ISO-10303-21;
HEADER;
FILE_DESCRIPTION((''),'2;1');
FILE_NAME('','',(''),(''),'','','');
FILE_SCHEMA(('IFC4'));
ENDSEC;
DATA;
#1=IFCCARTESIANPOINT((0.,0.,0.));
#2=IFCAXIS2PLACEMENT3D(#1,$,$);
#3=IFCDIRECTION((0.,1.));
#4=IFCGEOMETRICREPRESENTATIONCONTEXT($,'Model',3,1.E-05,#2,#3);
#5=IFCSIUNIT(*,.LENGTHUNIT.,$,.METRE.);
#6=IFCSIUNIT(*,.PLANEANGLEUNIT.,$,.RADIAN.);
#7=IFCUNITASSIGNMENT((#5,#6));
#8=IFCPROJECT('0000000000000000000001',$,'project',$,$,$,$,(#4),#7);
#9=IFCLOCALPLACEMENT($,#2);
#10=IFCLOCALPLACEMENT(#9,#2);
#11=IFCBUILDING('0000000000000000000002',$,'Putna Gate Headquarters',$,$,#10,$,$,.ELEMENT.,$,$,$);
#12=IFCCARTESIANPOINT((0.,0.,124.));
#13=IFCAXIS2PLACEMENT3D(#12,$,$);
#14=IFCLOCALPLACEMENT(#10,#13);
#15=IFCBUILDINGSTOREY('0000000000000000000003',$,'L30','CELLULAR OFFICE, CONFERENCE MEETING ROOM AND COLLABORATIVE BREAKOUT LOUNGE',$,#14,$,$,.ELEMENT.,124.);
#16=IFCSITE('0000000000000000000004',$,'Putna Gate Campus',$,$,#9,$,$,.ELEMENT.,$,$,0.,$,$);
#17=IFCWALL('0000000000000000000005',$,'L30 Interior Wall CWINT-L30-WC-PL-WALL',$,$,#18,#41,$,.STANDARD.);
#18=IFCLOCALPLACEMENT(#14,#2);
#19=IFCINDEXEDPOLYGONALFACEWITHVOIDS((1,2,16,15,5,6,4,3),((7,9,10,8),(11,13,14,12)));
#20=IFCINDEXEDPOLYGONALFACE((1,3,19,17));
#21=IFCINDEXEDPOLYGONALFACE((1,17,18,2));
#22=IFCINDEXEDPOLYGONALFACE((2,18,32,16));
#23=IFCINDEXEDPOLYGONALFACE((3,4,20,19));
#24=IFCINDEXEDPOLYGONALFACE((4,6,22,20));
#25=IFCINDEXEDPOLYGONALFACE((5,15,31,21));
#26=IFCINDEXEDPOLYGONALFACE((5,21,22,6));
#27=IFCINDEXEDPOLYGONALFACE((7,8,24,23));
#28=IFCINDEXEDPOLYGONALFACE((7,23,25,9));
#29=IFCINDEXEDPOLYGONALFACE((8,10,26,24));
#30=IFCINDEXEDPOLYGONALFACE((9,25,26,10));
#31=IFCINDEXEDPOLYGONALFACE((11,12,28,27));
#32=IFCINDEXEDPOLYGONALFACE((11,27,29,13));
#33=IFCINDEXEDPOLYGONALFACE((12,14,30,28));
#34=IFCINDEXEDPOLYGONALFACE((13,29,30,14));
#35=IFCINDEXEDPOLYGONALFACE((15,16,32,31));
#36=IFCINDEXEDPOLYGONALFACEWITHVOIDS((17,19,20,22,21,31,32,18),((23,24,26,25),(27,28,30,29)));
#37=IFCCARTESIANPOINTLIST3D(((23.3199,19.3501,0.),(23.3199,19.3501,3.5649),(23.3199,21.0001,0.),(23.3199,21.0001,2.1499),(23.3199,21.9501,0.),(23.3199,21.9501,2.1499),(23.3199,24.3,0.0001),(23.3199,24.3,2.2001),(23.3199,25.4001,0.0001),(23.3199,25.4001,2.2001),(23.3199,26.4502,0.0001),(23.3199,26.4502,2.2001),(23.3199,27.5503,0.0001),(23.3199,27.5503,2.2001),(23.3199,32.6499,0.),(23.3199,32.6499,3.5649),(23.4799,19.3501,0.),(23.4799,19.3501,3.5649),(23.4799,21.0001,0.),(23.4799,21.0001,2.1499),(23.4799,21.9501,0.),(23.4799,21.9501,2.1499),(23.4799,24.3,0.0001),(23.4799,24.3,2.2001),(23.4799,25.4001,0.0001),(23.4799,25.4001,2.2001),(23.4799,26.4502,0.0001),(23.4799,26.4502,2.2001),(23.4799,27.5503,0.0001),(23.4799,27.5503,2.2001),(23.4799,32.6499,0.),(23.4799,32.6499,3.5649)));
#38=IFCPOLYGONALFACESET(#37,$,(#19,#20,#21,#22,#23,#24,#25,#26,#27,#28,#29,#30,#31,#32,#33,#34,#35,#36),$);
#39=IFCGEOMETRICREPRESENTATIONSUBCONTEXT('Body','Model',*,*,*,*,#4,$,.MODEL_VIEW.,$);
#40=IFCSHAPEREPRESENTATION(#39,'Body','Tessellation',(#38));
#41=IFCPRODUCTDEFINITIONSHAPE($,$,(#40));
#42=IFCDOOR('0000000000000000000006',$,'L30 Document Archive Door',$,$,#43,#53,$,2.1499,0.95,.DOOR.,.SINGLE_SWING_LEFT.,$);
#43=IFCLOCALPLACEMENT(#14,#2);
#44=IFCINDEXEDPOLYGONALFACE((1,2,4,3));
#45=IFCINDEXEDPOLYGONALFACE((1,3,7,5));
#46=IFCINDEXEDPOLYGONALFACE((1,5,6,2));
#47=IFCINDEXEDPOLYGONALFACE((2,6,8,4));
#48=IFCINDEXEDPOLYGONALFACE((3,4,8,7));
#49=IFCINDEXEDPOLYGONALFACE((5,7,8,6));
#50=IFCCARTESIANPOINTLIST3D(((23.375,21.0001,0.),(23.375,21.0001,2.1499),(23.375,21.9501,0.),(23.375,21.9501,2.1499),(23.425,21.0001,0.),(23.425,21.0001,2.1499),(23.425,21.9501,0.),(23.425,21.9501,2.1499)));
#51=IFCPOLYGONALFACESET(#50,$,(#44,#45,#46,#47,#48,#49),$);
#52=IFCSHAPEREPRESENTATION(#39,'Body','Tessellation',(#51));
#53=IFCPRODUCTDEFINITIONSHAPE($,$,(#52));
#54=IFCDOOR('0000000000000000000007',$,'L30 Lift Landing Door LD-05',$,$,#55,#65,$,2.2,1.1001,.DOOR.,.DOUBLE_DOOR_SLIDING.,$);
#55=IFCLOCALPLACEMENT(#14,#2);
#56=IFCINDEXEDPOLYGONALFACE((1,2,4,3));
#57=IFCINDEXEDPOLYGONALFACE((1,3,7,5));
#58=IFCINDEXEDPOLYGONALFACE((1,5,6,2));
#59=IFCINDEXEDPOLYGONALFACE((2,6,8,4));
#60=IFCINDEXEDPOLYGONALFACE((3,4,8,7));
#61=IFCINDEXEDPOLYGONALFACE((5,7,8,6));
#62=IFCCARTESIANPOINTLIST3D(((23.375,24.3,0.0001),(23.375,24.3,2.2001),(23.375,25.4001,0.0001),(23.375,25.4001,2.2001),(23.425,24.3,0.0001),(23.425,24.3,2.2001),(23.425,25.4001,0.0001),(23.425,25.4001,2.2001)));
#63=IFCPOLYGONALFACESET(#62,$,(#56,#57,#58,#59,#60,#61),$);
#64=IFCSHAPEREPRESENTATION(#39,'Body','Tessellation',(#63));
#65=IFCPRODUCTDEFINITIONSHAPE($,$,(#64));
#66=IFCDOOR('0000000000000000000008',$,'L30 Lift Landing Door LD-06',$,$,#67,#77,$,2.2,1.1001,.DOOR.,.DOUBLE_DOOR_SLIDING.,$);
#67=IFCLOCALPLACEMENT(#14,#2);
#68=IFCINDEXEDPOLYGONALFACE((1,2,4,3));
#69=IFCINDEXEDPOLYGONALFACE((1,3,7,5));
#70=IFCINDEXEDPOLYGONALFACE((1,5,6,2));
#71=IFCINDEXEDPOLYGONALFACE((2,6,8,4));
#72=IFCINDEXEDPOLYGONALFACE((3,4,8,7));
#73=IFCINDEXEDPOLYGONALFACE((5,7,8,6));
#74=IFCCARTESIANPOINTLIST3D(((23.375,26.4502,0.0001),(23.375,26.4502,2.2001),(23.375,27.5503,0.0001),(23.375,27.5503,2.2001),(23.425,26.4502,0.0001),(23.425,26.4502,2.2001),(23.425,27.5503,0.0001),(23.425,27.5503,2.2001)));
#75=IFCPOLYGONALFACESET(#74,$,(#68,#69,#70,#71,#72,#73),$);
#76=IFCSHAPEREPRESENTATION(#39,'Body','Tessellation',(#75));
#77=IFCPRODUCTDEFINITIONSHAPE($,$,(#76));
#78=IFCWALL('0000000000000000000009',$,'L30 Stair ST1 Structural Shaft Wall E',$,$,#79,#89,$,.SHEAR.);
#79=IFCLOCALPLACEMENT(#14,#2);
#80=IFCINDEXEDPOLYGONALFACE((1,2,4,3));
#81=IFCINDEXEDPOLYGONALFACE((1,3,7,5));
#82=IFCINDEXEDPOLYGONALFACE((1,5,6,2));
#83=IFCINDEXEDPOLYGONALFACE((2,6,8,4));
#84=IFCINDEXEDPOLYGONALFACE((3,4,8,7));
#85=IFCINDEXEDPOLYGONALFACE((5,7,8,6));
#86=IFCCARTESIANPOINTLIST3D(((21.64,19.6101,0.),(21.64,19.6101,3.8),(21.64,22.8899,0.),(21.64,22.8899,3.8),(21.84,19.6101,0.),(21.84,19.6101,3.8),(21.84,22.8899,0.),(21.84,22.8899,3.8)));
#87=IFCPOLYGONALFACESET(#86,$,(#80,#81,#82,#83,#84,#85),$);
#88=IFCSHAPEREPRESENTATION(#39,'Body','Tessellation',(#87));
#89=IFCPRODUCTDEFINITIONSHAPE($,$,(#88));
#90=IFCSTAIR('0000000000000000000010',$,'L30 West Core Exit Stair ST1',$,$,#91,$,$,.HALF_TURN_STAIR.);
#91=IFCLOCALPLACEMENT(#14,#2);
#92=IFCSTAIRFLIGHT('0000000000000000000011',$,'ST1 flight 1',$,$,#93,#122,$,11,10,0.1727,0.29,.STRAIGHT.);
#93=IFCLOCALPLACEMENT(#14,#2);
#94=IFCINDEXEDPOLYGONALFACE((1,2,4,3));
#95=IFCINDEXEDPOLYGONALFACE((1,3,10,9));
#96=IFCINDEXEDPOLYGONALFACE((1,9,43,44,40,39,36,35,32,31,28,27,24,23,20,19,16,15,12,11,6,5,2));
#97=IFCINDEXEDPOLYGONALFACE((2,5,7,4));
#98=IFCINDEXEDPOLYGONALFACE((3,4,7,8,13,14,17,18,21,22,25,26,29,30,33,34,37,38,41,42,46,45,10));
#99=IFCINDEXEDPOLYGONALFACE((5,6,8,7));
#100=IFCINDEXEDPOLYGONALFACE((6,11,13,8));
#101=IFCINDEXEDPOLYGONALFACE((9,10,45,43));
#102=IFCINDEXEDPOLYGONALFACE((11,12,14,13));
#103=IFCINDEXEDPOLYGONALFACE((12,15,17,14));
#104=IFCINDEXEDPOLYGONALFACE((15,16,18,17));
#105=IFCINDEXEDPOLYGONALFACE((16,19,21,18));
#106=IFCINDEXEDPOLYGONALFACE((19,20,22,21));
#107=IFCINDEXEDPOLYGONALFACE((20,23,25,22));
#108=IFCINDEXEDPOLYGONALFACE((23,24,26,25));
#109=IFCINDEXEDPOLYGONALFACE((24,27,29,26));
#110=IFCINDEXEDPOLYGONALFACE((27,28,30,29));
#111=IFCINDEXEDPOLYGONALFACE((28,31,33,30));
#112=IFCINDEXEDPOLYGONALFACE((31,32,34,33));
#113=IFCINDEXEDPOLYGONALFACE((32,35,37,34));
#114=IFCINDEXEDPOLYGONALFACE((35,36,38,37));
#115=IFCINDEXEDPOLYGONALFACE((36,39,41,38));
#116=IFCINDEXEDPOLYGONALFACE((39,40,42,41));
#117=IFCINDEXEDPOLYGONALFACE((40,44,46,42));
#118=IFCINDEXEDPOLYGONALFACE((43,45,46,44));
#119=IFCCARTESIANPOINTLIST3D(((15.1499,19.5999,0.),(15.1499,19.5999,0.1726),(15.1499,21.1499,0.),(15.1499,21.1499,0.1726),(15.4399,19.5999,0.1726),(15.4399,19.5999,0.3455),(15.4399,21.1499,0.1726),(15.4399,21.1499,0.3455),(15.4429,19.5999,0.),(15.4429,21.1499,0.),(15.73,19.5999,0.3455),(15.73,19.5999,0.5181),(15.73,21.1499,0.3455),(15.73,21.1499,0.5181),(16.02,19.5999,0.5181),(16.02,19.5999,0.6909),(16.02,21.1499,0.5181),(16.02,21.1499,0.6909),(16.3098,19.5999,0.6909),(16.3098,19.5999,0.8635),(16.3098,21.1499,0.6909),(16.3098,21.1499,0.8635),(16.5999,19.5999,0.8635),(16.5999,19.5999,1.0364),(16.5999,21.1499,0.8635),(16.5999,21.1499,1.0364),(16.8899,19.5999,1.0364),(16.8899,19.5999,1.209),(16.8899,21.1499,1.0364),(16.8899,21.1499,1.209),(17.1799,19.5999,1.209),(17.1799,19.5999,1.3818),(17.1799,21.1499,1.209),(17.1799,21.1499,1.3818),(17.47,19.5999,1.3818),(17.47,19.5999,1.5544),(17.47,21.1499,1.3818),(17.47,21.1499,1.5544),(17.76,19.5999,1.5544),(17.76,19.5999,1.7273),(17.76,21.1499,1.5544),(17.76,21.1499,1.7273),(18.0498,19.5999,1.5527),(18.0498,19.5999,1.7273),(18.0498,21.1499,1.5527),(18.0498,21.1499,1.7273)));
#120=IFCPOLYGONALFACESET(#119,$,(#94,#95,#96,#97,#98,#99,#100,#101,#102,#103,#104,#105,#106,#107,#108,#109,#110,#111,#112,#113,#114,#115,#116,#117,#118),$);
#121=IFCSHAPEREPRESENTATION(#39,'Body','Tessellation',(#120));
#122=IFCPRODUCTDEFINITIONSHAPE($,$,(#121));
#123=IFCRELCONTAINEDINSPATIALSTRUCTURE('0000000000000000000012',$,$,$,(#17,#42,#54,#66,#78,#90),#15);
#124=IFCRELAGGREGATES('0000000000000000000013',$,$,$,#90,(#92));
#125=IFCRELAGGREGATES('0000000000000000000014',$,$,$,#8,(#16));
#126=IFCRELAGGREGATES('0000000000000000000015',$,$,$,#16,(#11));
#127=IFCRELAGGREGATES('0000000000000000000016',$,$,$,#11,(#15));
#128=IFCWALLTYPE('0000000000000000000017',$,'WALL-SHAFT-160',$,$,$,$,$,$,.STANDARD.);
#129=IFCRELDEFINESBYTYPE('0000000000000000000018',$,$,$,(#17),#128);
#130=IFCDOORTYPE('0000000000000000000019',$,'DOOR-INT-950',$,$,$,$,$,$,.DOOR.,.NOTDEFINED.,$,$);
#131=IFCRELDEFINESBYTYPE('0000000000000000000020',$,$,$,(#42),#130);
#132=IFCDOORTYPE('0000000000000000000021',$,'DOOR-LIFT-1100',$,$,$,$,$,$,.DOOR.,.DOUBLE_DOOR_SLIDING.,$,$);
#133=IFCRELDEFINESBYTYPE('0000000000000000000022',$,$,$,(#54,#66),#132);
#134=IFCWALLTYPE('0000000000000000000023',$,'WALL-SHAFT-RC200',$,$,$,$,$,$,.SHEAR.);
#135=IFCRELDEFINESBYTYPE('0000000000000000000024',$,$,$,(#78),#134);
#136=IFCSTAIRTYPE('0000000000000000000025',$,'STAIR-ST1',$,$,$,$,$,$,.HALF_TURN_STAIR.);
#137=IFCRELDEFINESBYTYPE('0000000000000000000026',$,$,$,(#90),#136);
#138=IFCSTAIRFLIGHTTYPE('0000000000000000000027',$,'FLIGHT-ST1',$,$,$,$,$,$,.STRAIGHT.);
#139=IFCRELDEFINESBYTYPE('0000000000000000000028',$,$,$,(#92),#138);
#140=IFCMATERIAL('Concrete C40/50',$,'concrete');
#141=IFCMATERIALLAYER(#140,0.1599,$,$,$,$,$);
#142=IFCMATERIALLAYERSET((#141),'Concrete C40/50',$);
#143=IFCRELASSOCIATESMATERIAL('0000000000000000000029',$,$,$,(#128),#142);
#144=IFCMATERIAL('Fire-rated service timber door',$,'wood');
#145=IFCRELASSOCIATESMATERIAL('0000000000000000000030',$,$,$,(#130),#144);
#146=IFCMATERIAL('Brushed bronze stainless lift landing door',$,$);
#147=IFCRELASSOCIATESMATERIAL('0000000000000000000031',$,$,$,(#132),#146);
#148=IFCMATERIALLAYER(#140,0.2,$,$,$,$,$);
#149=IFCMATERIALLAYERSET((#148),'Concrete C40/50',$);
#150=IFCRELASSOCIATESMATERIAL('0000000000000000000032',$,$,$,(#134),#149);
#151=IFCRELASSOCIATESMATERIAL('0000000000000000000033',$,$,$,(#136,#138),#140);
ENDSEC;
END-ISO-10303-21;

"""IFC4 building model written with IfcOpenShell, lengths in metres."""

from ifc_helpers import new_model, si_unit, direction, frame, frame_2d, origin, place, context, subcontext, project, spatial, polyline, rectangle, outline, extrude, material, layer, layer_set, type_object, element, fill, aggregate, save


model = new_model("IFC4")

# Units and contexts
model_context = context("Model", 3, precision=1e-05, world=origin(), true_north=direction((0.0, 1.0)))
body_context = subcontext(model_context, "Body", "Model", "MODEL_VIEW")
ifc_project = project(units=[si_unit("LENGTHUNIT", "METRE"), si_unit("PLANEANGLEUNIT", "RADIAN")], contexts=[model_context])

# Site, building, storey
site_placement = place(None, origin())
site = spatial("IfcSite", under=ifc_project, at=site_placement, Name="Putna Gate Campus", CompositionType="ELEMENT", RefElevation=0.0)
building_placement = place(site_placement, origin())
building = spatial("IfcBuilding", under=site, at=building_placement, Name="Putna Gate Headquarters", CompositionType="ELEMENT")
storey_placement = place(building_placement, frame((0.0, 0.0, 124.0)))
storey = spatial("IfcBuildingStorey", under=building, at=storey_placement, Name="L30", Description="CELLULAR OFFICE, CONFERENCE MEETING ROOM AND COLLABORATIVE BREAKOUT LOUNGE", CompositionType="ELEMENT", Elevation=124.0)

# Wall, openings, doors
ifc_material_1 = material(Name="Concrete C40/50", Category="concrete")
ifc_layer_1 = layer(ifc_material_1, 0.1599)
ifc_layer_set_1 = layer_set([ifc_layer_1], Name="Concrete C40/50")
wall_type_1 = type_object("IfcWallType", Name="WALL-SHAFT-160", PredefinedType="STANDARD", material=ifc_layer_set_1)
wall_1_placement = place(storey_placement, frame((23.3999, 19.3501, 0.0), z_axis=(0.0, 0.0, 1.0), x_axis=(0.0, 1.0, 0.0)))
wall_1 = element("IfcWall", 1, at=wall_1_placement, inside=storey, type_object=wall_type_1, Name="L30 Interior Wall CWINT-L30-WC-PL-WALL", PredefinedType="STANDARD", context=body_context, shape_type="SweptSolid", body=[
    extrude(rectangle(XDim=13.2998, YDim=0.1599, at=frame_2d((6.6499, 0.0))), origin(), (0.0, 0.0, 1.0), 3.5649),
])
opening_1_placement = place(wall_1_placement, frame((1.6499, 0.0, 0.0)))
opening_1 = element("IfcOpeningElement", 2, at=opening_1_placement, cuts=wall_1, PredefinedType="OPENING", context=body_context, shape_type="SweptSolid", body=[
    extrude(rectangle(XDim=0.95, YDim=2.1499, at=frame_2d((0.4751, 1.075))), frame((0.0, 0.0898, 0.0), z_axis=(0.0, -1.0, 0.0), x_axis=(1.0, 0.0, 0.0)), (0.0, 0.0, 1.0), 0.1799),
])
opening_2_placement = place(wall_1_placement, frame((4.95, 0.0, 0.0)))
opening_2 = element("IfcOpeningElement", 3, at=opening_2_placement, cuts=wall_1, PredefinedType="OPENING", context=body_context, shape_type="SweptSolid", body=[
    extrude(rectangle(XDim=1.1001, YDim=2.2, at=frame_2d((0.55, 1.1001))), frame((0.0, 0.0898, 0.0), z_axis=(0.0, -1.0, 0.0), x_axis=(1.0, 0.0, 0.0)), (0.0, 0.0, 1.0), 0.1799),
])
opening_3_placement = place(wall_1_placement, frame((7.1001, 0.0, 0.0)))
opening_3 = element("IfcOpeningElement", 4, at=opening_3_placement, cuts=wall_1, PredefinedType="OPENING", context=body_context, shape_type="SweptSolid", body=[
    extrude(rectangle(XDim=1.1001, YDim=2.2, at=frame_2d((0.55, 1.1001))), frame((0.0, 0.0898, 0.0), z_axis=(0.0, -1.0, 0.0), x_axis=(1.0, 0.0, 0.0)), (0.0, 0.0, 1.0), 0.1799),
])
ifc_material_2 = material(Name="Fire-rated service timber door", Category="wood")
door_type_1 = type_object("IfcDoorType", Name="DOOR-INT-950", OperationType="NOTDEFINED", PredefinedType="DOOR", material=ifc_material_2)
door_1_placement = place(opening_1_placement, origin())
door_1 = element("IfcDoor", 5, at=door_1_placement, inside=storey, type_object=door_type_1, Name="L30 Document Archive Door", OperationType="SINGLE_SWING_LEFT", OverallHeight=2.1499, OverallWidth=0.95, PredefinedType="DOOR", context=body_context, shape_type="SweptSolid", body=[
    extrude(rectangle(XDim=0.95, YDim=2.1499, at=frame_2d((0.4751, 1.075))), frame((0.0, 0.0249, 0.0), z_axis=(0.0, -1.0, 0.0), x_axis=(1.0, 0.0, 0.0)), (0.0, 0.0, 1.0), 0.05),
])
fill(opening_1, door_1)
ifc_material_3 = material(Name="Brushed bronze stainless lift landing door")
door_type_2 = type_object("IfcDoorType", Name="DOOR-LIFT-1100", OperationType="DOUBLE_DOOR_SLIDING", PredefinedType="DOOR", material=ifc_material_3)
door_2_placement = place(opening_2_placement, origin())
door_2 = element("IfcDoor", 6, at=door_2_placement, inside=storey, type_object=door_type_2, Name="L30 Lift Landing Door LD-05", OperationType="DOUBLE_DOOR_SLIDING", OverallHeight=2.2, OverallWidth=1.1001, PredefinedType="DOOR", context=body_context, shape_type="SweptSolid", body=[
    extrude(rectangle(XDim=1.1001, YDim=2.2, at=frame_2d((0.55, 1.1001))), frame((0.0, 0.0249, 0.0), z_axis=(0.0, -1.0, 0.0), x_axis=(1.0, 0.0, 0.0)), (0.0, 0.0, 1.0), 0.05),
])
fill(opening_2, door_2)
door_3_placement = place(opening_3_placement, origin())
door_3 = element("IfcDoor", 7, at=door_3_placement, inside=storey, type_object=door_type_2, Name="L30 Lift Landing Door LD-06", OperationType="DOUBLE_DOOR_SLIDING", OverallHeight=2.2, OverallWidth=1.1001, PredefinedType="DOOR", context=body_context, shape_type="SweptSolid", body=[
    extrude(rectangle(XDim=1.1001, YDim=2.2, at=frame_2d((0.55, 1.1001))), frame((0.0, 0.0249, 0.0), z_axis=(0.0, -1.0, 0.0), x_axis=(1.0, 0.0, 0.0)), (0.0, 0.0, 1.0), 0.05),
])
fill(opening_3, door_3)

# Wall
ifc_layer_2 = layer(ifc_material_1, 0.2)
ifc_layer_set_2 = layer_set([ifc_layer_2], Name="Concrete C40/50")
wall_type_2 = type_object("IfcWallType", Name="WALL-SHAFT-RC200", PredefinedType="SHEAR", material=ifc_layer_set_2)
wall_2_placement = place(storey_placement, frame((21.74, 19.6101, 0.0), z_axis=(0.0, 0.0, 1.0), x_axis=(0.0, 1.0, 0.0)))
element("IfcWall", 8, at=wall_2_placement, inside=storey, type_object=wall_type_2, Name="L30 Stair ST1 Structural Shaft Wall E", PredefinedType="SHEAR", context=body_context, shape_type="SweptSolid", body=[
    extrude(rectangle(XDim=3.2798, YDim=0.2, at=frame_2d((1.6399, 0.0))), origin(), (0.0, 0.0, 1.0), 3.8),
])

# Stair, stair flight
stair_type = type_object("IfcStairType", Name="STAIR-ST1", PredefinedType="HALF_TURN_STAIR", material=ifc_material_1)
stair_placement = place(storey_placement, origin())
stair = element("IfcStair", 9, at=stair_placement, inside=storey, type_object=stair_type, Name="L30 West Core Exit Stair ST1", PredefinedType="HALF_TURN_STAIR")
stair_flight_type = type_object("IfcStairFlightType", Name="FLIGHT-ST1", PredefinedType="STRAIGHT", material=ifc_material_1)
stair_flight_placement = place(storey_placement, frame((15.1499, 20.375, 0.0), z_axis=(0.0, 0.0, 1.0), x_axis=(1.0, 0.0, 0.0)))
stair_flight = element("IfcStairFlight", 10, at=stair_flight_placement, type_object=stair_flight_type, Name="ST1 flight 1", NumberOfRisers=11, NumberOfTreads=10, PredefinedType="STRAIGHT", RiserHeight=0.1727, TreadLength=0.29, context=body_context, shape_type="SweptSolid", body=[
    extrude(outline(polyline([(0.0, 0.0), (0.0, 0.1726), (0.29, 0.1726), (0.29, 0.3455), (0.5801, 0.3455), (0.5801, 0.5181), (0.8701, 0.5181), (0.8701, 0.6909), (1.1599, 0.6909), (1.1599, 0.8635), (1.45, 0.8635), (1.45, 1.0364), (1.74, 1.0364), (1.74, 1.209), (2.03, 1.209), (2.03, 1.3818), (2.3201, 1.3818), (2.3201, 1.5544), (2.6101, 1.5544), (2.6101, 1.7273), (2.8999, 1.7273), (2.8999, 1.8999), (2.8999, 1.5527), (0.293, 0.0), (0.0, 0.0)])), frame((0.0, 0.7749, 0.0), z_axis=(0.0, -1.0, 0.0), x_axis=(1.0, 0.0, 0.0)), (0.0, 0.0, 1.0), 1.55),
])
aggregate(stair, [stair_flight])

save(model, "model.ifc")
